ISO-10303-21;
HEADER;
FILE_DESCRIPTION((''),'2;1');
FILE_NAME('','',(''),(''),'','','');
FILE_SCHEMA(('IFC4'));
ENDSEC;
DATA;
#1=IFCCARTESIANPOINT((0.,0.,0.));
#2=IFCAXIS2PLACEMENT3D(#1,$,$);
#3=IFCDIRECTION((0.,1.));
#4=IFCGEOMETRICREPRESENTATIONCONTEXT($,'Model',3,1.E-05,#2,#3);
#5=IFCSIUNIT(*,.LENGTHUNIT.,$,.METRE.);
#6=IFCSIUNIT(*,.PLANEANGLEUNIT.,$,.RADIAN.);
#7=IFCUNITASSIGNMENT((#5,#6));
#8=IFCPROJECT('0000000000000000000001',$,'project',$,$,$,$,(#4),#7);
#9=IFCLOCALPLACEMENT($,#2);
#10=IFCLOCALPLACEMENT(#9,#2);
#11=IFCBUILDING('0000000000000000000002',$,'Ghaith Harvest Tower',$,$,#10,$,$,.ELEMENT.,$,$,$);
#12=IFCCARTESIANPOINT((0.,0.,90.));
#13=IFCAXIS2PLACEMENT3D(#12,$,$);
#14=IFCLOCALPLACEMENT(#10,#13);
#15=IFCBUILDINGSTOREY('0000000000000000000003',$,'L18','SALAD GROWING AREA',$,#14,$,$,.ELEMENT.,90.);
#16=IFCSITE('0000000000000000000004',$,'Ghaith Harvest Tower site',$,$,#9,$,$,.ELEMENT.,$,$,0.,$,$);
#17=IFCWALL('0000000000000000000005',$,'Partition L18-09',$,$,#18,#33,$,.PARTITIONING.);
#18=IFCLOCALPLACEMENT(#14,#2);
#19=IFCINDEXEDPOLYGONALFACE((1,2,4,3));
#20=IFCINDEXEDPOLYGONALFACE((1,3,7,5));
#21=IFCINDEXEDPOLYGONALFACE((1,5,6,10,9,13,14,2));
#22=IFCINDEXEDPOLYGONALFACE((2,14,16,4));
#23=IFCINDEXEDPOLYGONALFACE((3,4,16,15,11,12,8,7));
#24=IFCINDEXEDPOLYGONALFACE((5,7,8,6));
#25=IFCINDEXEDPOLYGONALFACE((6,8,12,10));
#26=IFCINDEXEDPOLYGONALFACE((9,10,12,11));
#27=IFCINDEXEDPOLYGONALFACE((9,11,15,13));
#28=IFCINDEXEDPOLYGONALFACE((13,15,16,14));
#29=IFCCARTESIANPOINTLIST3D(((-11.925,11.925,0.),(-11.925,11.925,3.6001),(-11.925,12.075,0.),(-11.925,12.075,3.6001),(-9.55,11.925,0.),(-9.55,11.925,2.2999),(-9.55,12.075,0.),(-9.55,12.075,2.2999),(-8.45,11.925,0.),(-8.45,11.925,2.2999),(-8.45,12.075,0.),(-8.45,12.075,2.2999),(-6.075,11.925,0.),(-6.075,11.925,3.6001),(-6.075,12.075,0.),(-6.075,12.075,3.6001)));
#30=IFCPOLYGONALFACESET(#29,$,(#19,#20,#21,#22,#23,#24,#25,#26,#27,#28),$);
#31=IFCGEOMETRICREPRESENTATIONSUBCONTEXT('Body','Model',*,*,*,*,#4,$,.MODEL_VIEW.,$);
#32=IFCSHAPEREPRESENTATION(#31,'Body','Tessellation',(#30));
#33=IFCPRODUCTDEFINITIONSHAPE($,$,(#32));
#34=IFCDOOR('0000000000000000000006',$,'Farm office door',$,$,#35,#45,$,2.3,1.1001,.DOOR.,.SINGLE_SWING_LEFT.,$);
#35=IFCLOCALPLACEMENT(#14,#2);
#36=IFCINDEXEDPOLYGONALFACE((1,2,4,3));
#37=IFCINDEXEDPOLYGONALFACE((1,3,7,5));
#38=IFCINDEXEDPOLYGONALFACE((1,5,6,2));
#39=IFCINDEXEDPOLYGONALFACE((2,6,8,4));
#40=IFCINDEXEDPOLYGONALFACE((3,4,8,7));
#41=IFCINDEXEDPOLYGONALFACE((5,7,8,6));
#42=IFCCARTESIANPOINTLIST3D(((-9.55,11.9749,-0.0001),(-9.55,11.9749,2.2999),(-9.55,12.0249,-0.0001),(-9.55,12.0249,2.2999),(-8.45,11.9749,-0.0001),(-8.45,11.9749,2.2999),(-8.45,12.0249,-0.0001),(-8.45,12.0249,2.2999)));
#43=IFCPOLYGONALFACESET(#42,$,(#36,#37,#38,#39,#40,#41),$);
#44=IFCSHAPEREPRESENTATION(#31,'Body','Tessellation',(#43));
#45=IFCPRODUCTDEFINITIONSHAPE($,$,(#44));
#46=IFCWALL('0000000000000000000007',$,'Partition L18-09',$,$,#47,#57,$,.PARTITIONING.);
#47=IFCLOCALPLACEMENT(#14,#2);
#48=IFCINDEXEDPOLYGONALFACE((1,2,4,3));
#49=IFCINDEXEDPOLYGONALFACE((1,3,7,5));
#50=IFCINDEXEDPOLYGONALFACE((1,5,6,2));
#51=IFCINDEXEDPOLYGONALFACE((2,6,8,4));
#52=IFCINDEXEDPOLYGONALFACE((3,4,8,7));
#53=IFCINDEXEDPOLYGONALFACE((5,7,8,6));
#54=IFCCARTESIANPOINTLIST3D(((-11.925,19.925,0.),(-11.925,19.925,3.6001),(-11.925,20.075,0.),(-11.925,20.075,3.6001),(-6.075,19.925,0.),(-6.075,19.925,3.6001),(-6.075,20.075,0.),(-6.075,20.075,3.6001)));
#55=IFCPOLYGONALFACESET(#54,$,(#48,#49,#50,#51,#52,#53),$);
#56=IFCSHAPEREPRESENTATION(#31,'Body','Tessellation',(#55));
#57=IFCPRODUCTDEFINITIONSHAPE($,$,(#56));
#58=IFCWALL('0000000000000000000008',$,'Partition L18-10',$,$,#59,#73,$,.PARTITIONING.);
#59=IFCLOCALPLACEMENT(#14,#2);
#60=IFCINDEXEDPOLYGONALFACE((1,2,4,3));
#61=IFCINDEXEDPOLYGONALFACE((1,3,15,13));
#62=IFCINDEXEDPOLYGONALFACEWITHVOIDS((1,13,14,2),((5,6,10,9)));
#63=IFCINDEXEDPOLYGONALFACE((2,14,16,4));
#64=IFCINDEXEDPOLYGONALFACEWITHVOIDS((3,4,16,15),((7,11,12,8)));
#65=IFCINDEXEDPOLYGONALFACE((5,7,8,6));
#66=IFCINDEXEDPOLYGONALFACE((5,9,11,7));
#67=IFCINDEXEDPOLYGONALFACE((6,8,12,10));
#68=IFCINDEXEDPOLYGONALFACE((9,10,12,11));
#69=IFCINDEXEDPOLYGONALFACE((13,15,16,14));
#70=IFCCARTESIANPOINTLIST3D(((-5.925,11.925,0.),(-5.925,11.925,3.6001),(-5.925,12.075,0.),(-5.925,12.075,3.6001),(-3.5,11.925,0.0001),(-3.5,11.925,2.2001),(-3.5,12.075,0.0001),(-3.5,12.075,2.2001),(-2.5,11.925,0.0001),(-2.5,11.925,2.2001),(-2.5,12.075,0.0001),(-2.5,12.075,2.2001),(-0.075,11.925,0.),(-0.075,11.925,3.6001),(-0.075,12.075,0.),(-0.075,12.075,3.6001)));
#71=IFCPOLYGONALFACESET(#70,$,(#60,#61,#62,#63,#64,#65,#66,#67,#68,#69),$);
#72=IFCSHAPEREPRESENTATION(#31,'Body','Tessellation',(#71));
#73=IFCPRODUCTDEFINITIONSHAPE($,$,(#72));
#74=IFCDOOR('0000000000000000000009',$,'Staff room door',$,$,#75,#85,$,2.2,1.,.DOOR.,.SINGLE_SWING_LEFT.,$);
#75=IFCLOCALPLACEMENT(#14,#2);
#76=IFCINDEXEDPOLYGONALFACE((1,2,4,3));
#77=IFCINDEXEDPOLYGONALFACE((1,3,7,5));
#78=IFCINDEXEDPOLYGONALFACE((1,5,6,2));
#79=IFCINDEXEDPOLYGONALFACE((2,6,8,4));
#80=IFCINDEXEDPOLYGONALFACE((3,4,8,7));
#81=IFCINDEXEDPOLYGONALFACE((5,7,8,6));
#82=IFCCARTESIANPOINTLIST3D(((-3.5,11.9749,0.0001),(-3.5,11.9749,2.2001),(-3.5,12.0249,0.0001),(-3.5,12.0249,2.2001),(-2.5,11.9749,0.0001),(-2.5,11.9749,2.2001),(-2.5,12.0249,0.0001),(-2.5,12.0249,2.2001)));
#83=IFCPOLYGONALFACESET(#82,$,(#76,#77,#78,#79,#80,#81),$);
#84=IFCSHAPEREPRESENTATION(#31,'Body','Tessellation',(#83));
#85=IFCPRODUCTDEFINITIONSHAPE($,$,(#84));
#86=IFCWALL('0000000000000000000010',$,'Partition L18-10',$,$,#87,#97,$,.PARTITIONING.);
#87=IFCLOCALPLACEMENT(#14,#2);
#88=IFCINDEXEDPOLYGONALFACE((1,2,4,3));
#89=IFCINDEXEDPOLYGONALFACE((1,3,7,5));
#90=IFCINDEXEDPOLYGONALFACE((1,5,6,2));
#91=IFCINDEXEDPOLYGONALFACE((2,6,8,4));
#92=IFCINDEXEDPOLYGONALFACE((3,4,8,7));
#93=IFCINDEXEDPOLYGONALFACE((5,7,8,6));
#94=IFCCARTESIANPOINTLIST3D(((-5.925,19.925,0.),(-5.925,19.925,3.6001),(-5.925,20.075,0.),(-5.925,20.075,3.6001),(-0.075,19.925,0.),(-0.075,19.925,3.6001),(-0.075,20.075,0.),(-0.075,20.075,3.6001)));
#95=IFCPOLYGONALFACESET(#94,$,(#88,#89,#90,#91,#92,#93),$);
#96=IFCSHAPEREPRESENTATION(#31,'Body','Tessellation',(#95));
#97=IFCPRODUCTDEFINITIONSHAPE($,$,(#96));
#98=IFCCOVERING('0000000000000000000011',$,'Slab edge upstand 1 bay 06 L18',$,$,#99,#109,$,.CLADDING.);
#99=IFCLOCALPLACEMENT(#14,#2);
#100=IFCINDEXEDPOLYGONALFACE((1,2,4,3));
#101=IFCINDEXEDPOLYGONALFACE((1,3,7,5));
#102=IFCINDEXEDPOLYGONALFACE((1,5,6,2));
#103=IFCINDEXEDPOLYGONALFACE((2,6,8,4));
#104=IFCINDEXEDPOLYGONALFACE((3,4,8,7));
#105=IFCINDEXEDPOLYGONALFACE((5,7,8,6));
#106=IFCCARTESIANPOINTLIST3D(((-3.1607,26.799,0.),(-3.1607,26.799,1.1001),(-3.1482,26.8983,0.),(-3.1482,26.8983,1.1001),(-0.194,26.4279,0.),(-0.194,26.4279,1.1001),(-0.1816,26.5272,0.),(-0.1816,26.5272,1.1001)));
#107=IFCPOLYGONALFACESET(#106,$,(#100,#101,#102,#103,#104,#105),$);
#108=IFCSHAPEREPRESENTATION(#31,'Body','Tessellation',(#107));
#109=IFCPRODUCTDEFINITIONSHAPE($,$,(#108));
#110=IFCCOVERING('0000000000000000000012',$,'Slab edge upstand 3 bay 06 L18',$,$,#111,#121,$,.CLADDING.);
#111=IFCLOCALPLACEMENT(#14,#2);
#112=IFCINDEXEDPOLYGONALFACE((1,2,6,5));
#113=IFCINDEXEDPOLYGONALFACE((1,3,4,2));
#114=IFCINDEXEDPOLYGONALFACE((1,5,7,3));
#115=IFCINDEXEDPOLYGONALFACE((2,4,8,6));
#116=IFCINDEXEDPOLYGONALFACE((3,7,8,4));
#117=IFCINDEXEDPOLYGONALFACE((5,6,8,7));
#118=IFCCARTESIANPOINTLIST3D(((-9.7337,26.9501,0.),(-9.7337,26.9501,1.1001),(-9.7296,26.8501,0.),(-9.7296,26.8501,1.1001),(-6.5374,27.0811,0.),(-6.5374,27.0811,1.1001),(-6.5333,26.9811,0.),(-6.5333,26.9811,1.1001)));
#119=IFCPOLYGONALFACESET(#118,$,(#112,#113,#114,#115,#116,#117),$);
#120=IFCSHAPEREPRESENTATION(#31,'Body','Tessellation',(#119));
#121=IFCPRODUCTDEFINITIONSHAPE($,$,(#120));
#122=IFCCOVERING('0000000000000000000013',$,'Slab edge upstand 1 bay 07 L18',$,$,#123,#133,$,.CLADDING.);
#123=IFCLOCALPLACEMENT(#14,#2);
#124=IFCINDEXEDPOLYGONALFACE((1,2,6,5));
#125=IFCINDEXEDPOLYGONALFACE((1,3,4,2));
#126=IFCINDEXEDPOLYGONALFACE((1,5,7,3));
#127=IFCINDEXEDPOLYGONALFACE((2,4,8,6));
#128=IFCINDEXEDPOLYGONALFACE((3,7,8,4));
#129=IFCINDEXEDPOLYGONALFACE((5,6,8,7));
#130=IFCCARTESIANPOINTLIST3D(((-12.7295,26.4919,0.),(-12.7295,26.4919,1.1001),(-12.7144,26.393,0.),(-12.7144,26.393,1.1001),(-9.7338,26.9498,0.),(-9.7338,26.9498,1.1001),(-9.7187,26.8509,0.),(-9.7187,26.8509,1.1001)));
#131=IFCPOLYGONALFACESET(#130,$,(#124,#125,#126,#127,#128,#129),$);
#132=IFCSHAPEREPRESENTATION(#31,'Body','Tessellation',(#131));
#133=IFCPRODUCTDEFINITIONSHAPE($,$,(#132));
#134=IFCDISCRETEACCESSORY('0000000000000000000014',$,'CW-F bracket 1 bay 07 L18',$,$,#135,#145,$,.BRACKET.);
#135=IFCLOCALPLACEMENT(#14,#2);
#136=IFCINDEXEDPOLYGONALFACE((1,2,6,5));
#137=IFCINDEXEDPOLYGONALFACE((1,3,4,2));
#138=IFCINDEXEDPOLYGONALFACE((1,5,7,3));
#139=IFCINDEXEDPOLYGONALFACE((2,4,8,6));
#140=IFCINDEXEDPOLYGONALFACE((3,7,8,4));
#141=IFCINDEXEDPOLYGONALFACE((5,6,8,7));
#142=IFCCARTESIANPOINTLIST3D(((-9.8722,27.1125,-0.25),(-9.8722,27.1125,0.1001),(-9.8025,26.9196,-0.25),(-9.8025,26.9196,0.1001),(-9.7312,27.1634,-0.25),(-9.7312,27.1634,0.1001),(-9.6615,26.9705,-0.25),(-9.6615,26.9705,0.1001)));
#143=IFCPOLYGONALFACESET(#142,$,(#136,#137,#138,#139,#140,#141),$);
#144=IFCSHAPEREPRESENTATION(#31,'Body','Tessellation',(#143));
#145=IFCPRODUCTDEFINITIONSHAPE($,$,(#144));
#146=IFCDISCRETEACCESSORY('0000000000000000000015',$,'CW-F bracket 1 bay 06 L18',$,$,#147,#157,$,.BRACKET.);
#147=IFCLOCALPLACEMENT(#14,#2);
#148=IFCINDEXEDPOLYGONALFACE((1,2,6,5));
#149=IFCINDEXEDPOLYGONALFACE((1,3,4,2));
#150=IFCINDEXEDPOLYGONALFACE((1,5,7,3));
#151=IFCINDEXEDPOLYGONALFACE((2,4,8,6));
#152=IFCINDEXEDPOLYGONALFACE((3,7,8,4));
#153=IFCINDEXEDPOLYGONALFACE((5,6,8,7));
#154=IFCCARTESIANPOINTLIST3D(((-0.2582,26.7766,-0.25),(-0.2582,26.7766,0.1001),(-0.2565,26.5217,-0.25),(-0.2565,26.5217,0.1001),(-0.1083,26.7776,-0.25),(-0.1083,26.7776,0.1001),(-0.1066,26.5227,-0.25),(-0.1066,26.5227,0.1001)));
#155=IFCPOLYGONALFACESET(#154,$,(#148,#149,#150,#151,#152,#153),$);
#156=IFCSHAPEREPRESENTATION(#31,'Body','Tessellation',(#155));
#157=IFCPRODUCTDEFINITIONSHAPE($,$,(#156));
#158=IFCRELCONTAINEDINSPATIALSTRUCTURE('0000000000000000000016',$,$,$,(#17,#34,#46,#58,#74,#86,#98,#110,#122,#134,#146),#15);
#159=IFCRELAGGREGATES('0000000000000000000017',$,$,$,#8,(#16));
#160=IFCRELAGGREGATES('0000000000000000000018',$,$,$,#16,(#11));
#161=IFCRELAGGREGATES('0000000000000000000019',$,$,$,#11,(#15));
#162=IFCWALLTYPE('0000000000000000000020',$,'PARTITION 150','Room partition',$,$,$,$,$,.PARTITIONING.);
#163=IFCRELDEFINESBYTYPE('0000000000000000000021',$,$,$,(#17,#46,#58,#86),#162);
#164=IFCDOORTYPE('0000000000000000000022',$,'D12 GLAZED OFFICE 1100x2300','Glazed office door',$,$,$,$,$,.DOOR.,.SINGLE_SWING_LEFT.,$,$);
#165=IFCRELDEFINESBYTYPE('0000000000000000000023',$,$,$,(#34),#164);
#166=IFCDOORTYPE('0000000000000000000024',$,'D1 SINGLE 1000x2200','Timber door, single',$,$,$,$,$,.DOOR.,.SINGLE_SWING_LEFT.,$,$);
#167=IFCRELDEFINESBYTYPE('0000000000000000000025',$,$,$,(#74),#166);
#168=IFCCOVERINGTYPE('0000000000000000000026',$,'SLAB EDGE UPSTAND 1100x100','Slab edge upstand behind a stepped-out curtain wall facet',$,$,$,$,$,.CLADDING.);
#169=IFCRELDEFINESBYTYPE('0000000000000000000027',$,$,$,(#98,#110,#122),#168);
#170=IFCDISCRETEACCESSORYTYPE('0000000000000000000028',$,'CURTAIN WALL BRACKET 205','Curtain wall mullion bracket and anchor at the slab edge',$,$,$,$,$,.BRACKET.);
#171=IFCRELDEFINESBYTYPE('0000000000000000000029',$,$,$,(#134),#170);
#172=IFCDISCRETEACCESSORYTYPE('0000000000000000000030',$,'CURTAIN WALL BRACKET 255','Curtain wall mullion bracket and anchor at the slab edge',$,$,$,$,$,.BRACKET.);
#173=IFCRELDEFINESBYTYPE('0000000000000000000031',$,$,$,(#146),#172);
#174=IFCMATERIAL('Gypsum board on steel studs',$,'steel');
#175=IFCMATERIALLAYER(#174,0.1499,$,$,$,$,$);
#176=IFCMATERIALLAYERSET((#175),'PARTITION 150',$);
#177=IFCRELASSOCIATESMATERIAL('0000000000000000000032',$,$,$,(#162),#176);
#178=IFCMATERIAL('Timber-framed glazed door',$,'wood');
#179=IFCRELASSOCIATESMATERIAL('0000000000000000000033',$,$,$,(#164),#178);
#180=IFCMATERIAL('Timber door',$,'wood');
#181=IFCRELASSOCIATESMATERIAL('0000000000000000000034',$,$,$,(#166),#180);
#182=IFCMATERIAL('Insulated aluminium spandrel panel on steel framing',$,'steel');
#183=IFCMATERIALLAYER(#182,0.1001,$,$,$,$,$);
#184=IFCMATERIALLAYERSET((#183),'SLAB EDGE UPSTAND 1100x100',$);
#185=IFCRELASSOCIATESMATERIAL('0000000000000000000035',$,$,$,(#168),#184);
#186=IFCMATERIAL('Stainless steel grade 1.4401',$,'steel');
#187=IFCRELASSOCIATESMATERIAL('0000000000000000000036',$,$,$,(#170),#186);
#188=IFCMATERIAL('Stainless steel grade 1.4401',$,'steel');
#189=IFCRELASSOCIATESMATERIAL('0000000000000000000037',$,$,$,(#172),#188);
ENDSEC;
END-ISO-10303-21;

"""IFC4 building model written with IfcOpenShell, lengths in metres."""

from ifc_helpers import new_model, si_unit, direction, frame, frame_2d, origin, origin_2d, place, context, subcontext, project, spatial, rectangle, extrude, material, layer, layer_set, type_object, element, fill, save


model = new_model("IFC4")

# Units and contexts
model_context = context("Model", 3, precision=1e-05, world=origin(), true_north=direction((0.0, 1.0)))
body_context = subcontext(model_context, "Body", "Model", "MODEL_VIEW")
ifc_project = project(units=[si_unit("LENGTHUNIT", "METRE"), si_unit("PLANEANGLEUNIT", "RADIAN")], contexts=[model_context])

# Site, building, storey
site_placement = place(None, origin())
site = spatial("IfcSite", under=ifc_project, at=site_placement, Name="Ghaith Harvest Tower site", CompositionType="ELEMENT", RefElevation=0.0)
building_placement = place(site_placement, origin())
building = spatial("IfcBuilding", under=site, at=building_placement, Name="Ghaith Harvest Tower", CompositionType="ELEMENT")
storey_placement = place(building_placement, frame((0.0, 0.0, 90.0)))
storey = spatial("IfcBuildingStorey", under=building, at=storey_placement, Name="L18", Description="SALAD GROWING AREA", CompositionType="ELEMENT", Elevation=90.0)

# Shared definitions
ifc_material_1 = material(Name="Gypsum board on steel studs", Category="steel")
ifc_layer_1 = layer(ifc_material_1, 0.1499)
ifc_layer_set_1 = layer_set([ifc_layer_1], Name="PARTITION 150")
wall_type = type_object("IfcWallType", Name="PARTITION 150", Description="Room partition", PredefinedType="PARTITIONING", material=ifc_layer_set_1)

# Wall, opening, door
wall_1_placement = place(storey_placement, frame((-11.925, 12.0, 0.0), z_axis=(0.0, 0.0, 1.0), x_axis=(1.0, 0.0, 0.0)))
wall_1 = element("IfcWall", 1, at=wall_1_placement, inside=storey, type_object=wall_type, Name="Partition L18-09", PredefinedType="PARTITIONING", context=body_context, shape_type="SweptSolid", body=[
    extrude(rectangle(XDim=5.8501, YDim=0.1499, at=frame_2d((2.925, 0.0))), origin(), (0.0, 0.0, 1.0), 3.6001),
])
opening_1_placement = place(wall_1_placement, frame((2.375, 0.0, 0.0)))
opening_1 = element("IfcOpeningElement", 2, at=opening_1_placement, cuts=wall_1, PredefinedType="OPENING", context=body_context, shape_type="SweptSolid", body=[
    extrude(rectangle(XDim=1.1001, YDim=2.3, at=frame_2d((0.55, 1.1499))), frame((0.0, 0.085, 0.0), z_axis=(0.0, -1.0, 0.0), x_axis=(1.0, 0.0, 0.0)), (0.0, 0.0, 1.0), 0.1699),
])
ifc_material_2 = material(Name="Timber-framed glazed door", Category="wood")
door_type_1 = type_object("IfcDoorType", Name="D12 GLAZED OFFICE 1100x2300", Description="Glazed office door", OperationType="SINGLE_SWING_LEFT", PredefinedType="DOOR", material=ifc_material_2)
door_1_placement = place(opening_1_placement, origin())
door_1 = element("IfcDoor", 3, at=door_1_placement, inside=storey, type_object=door_type_1, Name="Farm office door", OperationType="SINGLE_SWING_LEFT", OverallHeight=2.3, OverallWidth=1.1001, PredefinedType="DOOR", context=body_context, shape_type="SweptSolid", body=[
    extrude(rectangle(XDim=1.1001, YDim=2.3, at=frame_2d((0.55, 1.1499))), frame((0.0, 0.0249, 0.0), z_axis=(0.0, -1.0, 0.0), x_axis=(1.0, 0.0, 0.0)), (0.0, 0.0, 1.0), 0.05),
])
fill(opening_1, door_1)

# Wall
wall_2_placement = place(storey_placement, frame((-11.925, 20.0, 0.0), z_axis=(0.0, 0.0, 1.0), x_axis=(1.0, 0.0, 0.0)))
element("IfcWall", 4, at=wall_2_placement, inside=storey, type_object=wall_type, Name="Partition L18-09", PredefinedType="PARTITIONING", context=body_context, shape_type="SweptSolid", body=[
    extrude(rectangle(XDim=5.8501, YDim=0.1499, at=frame_2d((2.925, 0.0))), origin(), (0.0, 0.0, 1.0), 3.6001),
])

# Wall, opening, door
wall_3_placement = place(storey_placement, frame((-5.925, 12.0, 0.0), z_axis=(0.0, 0.0, 1.0), x_axis=(1.0, 0.0, 0.0)))
wall_3 = element("IfcWall", 5, at=wall_3_placement, inside=storey, type_object=wall_type, Name="Partition L18-10", PredefinedType="PARTITIONING", context=body_context, shape_type="SweptSolid", body=[
    extrude(rectangle(XDim=5.8501, YDim=0.1499, at=frame_2d((2.925, 0.0))), origin(), (0.0, 0.0, 1.0), 3.6001),
])
opening_2_placement = place(wall_3_placement, frame((2.425, 0.0, 0.0)))
opening_2 = element("IfcOpeningElement", 6, at=opening_2_placement, cuts=wall_3, PredefinedType="OPENING", context=body_context, shape_type="SweptSolid", body=[
    extrude(rectangle(XDim=1.0, YDim=2.2, at=frame_2d((0.5, 1.1001))), frame((0.0, 0.085, 0.0), z_axis=(0.0, -1.0, 0.0), x_axis=(1.0, 0.0, 0.0)), (0.0, 0.0, 1.0), 0.1699),
])
ifc_material_3 = material(Name="Timber door", Category="wood")
door_type_2 = type_object("IfcDoorType", Name="D1 SINGLE 1000x2200", Description="Timber door, single", OperationType="SINGLE_SWING_LEFT", PredefinedType="DOOR", material=ifc_material_3)
door_2_placement = place(opening_2_placement, origin())
door_2 = element("IfcDoor", 7, at=door_2_placement, inside=storey, type_object=door_type_2, Name="Staff room door", OperationType="SINGLE_SWING_LEFT", OverallHeight=2.2, OverallWidth=1.0, PredefinedType="DOOR", context=body_context, shape_type="SweptSolid", body=[
    extrude(rectangle(XDim=1.0, YDim=2.2, at=frame_2d((0.5, 1.1001))), frame((0.0, 0.0249, 0.0), z_axis=(0.0, -1.0, 0.0), x_axis=(1.0, 0.0, 0.0)), (0.0, 0.0, 1.0), 0.05),
])
fill(opening_2, door_2)

# Wall
wall_4_placement = place(storey_placement, frame((-5.925, 20.0, 0.0), z_axis=(0.0, 0.0, 1.0), x_axis=(1.0, 0.0, 0.0)))
element("IfcWall", 8, at=wall_4_placement, inside=storey, type_object=wall_type, Name="Partition L18-10", PredefinedType="PARTITIONING", context=body_context, shape_type="SweptSolid", body=[
    extrude(rectangle(XDim=5.8501, YDim=0.1499, at=frame_2d((2.925, 0.0))), origin(), (0.0, 0.0, 1.0), 3.6001),
])

# Coverings
ifc_material_4 = material(Name="Insulated aluminium spandrel panel on steel framing", Category="steel")
ifc_layer_2 = layer(ifc_material_4, 0.1001)
ifc_layer_set_2 = layer_set([ifc_layer_2], Name="SLAB EDGE UPSTAND 1100x100")
covering_type = type_object("IfcCoveringType", Name="SLAB EDGE UPSTAND 1100x100", Description="Slab edge upstand behind a stepped-out curtain wall facet", PredefinedType="CLADDING", material=ifc_layer_set_2)
covering_1_placement = place(storey_placement, frame((-1.6711, 26.6631, 0.0), z_axis=(0.0, 0.0, 1.0), x_axis=(-0.992265, 0.124139, 0.0)))
element("IfcCovering", 9, at=covering_1_placement, inside=storey, type_object=covering_type, Name="Slab edge upstand 1 bay 06 L18", PredefinedType="CLADDING", context=body_context, shape_type="SweptSolid", body=[
    extrude(rectangle(XDim=2.9897, YDim=0.1001, at=origin_2d()), origin(), (0.0, 0.0, 1.0), 1.1001),
])
covering_2_placement = place(storey_placement, frame((-8.1335, 26.9656, 0.0), z_axis=(0.0, 0.0, 1.0), x_axis=(-0.999161, -0.040957, 0.0)))
element("IfcCovering", 10, at=covering_2_placement, inside=storey, type_object=covering_type, Name="Slab edge upstand 3 bay 06 L18", PredefinedType="CLADDING", context=body_context, shape_type="SweptSolid", body=[
    extrude(rectangle(XDim=3.199, YDim=0.1001, at=origin_2d()), origin(), (0.0, 0.0, 1.0), 1.1001),
])
covering_3_placement = place(storey_placement, frame((-11.2241, 26.6714, 0.0), z_axis=(0.0, 0.0, 1.0), x_axis=(-0.988518, -0.151104, 0.0)))
element("IfcCovering", 11, at=covering_3_placement, inside=storey, type_object=covering_type, Name="Slab edge upstand 1 bay 07 L18", PredefinedType="CLADDING", context=body_context, shape_type="SweptSolid", body=[
    extrude(rectangle(XDim=3.0305, YDim=0.1001, at=origin_2d()), origin(), (0.0, 0.0, 1.0), 1.1001),
])

# Discrete accessories
ifc_material_5 = material(Name="Stainless steel grade 1.4401", Category="steel")
discrete_accessory_type_1 = type_object("IfcDiscreteAccessoryType", Name="CURTAIN WALL BRACKET 205", Description="Curtain wall mullion bracket and anchor at the slab edge", PredefinedType="BRACKET", material=ifc_material_5)
discrete_accessory_1_placement = place(storey_placement, frame((-9.7668, 27.0415, -0.25), z_axis=(0.0, 0.0, 1.0), x_axis=(-0.339699, 0.940534, 0.0)))
element("IfcDiscreteAccessory", 12, at=discrete_accessory_1_placement, inside=storey, type_object=discrete_accessory_type_1, Name="CW-F bracket 1 bay 07 L18", PredefinedType="BRACKET", context=body_context, shape_type="SweptSolid", body=[
    extrude(rectangle(XDim=0.2051, YDim=0.1499, at=origin_2d()), origin(), (0.0, 0.0, 1.0), 0.3501),
])
ifc_material_6 = material(Name="Stainless steel grade 1.4401", Category="steel")
discrete_accessory_type_2 = type_object("IfcDiscreteAccessoryType", Name="CURTAIN WALL BRACKET 255", Description="Curtain wall mullion bracket and anchor at the slab edge", PredefinedType="BRACKET", material=ifc_material_6)
discrete_accessory_2_placement = place(storey_placement, frame((-0.1824, 26.6497, -0.25), z_axis=(0.0, 0.0, 1.0), x_axis=(-0.006844, 0.999977, 0.0)))
element("IfcDiscreteAccessory", 13, at=discrete_accessory_2_placement, inside=storey, type_object=discrete_accessory_type_2, Name="CW-F bracket 1 bay 06 L18", PredefinedType="BRACKET", context=body_context, shape_type="SweptSolid", body=[
    extrude(rectangle(XDim=0.2549, YDim=0.1499, at=origin_2d()), origin(), (0.0, 0.0, 1.0), 0.3501),
])

save(model, "model.ifc")
